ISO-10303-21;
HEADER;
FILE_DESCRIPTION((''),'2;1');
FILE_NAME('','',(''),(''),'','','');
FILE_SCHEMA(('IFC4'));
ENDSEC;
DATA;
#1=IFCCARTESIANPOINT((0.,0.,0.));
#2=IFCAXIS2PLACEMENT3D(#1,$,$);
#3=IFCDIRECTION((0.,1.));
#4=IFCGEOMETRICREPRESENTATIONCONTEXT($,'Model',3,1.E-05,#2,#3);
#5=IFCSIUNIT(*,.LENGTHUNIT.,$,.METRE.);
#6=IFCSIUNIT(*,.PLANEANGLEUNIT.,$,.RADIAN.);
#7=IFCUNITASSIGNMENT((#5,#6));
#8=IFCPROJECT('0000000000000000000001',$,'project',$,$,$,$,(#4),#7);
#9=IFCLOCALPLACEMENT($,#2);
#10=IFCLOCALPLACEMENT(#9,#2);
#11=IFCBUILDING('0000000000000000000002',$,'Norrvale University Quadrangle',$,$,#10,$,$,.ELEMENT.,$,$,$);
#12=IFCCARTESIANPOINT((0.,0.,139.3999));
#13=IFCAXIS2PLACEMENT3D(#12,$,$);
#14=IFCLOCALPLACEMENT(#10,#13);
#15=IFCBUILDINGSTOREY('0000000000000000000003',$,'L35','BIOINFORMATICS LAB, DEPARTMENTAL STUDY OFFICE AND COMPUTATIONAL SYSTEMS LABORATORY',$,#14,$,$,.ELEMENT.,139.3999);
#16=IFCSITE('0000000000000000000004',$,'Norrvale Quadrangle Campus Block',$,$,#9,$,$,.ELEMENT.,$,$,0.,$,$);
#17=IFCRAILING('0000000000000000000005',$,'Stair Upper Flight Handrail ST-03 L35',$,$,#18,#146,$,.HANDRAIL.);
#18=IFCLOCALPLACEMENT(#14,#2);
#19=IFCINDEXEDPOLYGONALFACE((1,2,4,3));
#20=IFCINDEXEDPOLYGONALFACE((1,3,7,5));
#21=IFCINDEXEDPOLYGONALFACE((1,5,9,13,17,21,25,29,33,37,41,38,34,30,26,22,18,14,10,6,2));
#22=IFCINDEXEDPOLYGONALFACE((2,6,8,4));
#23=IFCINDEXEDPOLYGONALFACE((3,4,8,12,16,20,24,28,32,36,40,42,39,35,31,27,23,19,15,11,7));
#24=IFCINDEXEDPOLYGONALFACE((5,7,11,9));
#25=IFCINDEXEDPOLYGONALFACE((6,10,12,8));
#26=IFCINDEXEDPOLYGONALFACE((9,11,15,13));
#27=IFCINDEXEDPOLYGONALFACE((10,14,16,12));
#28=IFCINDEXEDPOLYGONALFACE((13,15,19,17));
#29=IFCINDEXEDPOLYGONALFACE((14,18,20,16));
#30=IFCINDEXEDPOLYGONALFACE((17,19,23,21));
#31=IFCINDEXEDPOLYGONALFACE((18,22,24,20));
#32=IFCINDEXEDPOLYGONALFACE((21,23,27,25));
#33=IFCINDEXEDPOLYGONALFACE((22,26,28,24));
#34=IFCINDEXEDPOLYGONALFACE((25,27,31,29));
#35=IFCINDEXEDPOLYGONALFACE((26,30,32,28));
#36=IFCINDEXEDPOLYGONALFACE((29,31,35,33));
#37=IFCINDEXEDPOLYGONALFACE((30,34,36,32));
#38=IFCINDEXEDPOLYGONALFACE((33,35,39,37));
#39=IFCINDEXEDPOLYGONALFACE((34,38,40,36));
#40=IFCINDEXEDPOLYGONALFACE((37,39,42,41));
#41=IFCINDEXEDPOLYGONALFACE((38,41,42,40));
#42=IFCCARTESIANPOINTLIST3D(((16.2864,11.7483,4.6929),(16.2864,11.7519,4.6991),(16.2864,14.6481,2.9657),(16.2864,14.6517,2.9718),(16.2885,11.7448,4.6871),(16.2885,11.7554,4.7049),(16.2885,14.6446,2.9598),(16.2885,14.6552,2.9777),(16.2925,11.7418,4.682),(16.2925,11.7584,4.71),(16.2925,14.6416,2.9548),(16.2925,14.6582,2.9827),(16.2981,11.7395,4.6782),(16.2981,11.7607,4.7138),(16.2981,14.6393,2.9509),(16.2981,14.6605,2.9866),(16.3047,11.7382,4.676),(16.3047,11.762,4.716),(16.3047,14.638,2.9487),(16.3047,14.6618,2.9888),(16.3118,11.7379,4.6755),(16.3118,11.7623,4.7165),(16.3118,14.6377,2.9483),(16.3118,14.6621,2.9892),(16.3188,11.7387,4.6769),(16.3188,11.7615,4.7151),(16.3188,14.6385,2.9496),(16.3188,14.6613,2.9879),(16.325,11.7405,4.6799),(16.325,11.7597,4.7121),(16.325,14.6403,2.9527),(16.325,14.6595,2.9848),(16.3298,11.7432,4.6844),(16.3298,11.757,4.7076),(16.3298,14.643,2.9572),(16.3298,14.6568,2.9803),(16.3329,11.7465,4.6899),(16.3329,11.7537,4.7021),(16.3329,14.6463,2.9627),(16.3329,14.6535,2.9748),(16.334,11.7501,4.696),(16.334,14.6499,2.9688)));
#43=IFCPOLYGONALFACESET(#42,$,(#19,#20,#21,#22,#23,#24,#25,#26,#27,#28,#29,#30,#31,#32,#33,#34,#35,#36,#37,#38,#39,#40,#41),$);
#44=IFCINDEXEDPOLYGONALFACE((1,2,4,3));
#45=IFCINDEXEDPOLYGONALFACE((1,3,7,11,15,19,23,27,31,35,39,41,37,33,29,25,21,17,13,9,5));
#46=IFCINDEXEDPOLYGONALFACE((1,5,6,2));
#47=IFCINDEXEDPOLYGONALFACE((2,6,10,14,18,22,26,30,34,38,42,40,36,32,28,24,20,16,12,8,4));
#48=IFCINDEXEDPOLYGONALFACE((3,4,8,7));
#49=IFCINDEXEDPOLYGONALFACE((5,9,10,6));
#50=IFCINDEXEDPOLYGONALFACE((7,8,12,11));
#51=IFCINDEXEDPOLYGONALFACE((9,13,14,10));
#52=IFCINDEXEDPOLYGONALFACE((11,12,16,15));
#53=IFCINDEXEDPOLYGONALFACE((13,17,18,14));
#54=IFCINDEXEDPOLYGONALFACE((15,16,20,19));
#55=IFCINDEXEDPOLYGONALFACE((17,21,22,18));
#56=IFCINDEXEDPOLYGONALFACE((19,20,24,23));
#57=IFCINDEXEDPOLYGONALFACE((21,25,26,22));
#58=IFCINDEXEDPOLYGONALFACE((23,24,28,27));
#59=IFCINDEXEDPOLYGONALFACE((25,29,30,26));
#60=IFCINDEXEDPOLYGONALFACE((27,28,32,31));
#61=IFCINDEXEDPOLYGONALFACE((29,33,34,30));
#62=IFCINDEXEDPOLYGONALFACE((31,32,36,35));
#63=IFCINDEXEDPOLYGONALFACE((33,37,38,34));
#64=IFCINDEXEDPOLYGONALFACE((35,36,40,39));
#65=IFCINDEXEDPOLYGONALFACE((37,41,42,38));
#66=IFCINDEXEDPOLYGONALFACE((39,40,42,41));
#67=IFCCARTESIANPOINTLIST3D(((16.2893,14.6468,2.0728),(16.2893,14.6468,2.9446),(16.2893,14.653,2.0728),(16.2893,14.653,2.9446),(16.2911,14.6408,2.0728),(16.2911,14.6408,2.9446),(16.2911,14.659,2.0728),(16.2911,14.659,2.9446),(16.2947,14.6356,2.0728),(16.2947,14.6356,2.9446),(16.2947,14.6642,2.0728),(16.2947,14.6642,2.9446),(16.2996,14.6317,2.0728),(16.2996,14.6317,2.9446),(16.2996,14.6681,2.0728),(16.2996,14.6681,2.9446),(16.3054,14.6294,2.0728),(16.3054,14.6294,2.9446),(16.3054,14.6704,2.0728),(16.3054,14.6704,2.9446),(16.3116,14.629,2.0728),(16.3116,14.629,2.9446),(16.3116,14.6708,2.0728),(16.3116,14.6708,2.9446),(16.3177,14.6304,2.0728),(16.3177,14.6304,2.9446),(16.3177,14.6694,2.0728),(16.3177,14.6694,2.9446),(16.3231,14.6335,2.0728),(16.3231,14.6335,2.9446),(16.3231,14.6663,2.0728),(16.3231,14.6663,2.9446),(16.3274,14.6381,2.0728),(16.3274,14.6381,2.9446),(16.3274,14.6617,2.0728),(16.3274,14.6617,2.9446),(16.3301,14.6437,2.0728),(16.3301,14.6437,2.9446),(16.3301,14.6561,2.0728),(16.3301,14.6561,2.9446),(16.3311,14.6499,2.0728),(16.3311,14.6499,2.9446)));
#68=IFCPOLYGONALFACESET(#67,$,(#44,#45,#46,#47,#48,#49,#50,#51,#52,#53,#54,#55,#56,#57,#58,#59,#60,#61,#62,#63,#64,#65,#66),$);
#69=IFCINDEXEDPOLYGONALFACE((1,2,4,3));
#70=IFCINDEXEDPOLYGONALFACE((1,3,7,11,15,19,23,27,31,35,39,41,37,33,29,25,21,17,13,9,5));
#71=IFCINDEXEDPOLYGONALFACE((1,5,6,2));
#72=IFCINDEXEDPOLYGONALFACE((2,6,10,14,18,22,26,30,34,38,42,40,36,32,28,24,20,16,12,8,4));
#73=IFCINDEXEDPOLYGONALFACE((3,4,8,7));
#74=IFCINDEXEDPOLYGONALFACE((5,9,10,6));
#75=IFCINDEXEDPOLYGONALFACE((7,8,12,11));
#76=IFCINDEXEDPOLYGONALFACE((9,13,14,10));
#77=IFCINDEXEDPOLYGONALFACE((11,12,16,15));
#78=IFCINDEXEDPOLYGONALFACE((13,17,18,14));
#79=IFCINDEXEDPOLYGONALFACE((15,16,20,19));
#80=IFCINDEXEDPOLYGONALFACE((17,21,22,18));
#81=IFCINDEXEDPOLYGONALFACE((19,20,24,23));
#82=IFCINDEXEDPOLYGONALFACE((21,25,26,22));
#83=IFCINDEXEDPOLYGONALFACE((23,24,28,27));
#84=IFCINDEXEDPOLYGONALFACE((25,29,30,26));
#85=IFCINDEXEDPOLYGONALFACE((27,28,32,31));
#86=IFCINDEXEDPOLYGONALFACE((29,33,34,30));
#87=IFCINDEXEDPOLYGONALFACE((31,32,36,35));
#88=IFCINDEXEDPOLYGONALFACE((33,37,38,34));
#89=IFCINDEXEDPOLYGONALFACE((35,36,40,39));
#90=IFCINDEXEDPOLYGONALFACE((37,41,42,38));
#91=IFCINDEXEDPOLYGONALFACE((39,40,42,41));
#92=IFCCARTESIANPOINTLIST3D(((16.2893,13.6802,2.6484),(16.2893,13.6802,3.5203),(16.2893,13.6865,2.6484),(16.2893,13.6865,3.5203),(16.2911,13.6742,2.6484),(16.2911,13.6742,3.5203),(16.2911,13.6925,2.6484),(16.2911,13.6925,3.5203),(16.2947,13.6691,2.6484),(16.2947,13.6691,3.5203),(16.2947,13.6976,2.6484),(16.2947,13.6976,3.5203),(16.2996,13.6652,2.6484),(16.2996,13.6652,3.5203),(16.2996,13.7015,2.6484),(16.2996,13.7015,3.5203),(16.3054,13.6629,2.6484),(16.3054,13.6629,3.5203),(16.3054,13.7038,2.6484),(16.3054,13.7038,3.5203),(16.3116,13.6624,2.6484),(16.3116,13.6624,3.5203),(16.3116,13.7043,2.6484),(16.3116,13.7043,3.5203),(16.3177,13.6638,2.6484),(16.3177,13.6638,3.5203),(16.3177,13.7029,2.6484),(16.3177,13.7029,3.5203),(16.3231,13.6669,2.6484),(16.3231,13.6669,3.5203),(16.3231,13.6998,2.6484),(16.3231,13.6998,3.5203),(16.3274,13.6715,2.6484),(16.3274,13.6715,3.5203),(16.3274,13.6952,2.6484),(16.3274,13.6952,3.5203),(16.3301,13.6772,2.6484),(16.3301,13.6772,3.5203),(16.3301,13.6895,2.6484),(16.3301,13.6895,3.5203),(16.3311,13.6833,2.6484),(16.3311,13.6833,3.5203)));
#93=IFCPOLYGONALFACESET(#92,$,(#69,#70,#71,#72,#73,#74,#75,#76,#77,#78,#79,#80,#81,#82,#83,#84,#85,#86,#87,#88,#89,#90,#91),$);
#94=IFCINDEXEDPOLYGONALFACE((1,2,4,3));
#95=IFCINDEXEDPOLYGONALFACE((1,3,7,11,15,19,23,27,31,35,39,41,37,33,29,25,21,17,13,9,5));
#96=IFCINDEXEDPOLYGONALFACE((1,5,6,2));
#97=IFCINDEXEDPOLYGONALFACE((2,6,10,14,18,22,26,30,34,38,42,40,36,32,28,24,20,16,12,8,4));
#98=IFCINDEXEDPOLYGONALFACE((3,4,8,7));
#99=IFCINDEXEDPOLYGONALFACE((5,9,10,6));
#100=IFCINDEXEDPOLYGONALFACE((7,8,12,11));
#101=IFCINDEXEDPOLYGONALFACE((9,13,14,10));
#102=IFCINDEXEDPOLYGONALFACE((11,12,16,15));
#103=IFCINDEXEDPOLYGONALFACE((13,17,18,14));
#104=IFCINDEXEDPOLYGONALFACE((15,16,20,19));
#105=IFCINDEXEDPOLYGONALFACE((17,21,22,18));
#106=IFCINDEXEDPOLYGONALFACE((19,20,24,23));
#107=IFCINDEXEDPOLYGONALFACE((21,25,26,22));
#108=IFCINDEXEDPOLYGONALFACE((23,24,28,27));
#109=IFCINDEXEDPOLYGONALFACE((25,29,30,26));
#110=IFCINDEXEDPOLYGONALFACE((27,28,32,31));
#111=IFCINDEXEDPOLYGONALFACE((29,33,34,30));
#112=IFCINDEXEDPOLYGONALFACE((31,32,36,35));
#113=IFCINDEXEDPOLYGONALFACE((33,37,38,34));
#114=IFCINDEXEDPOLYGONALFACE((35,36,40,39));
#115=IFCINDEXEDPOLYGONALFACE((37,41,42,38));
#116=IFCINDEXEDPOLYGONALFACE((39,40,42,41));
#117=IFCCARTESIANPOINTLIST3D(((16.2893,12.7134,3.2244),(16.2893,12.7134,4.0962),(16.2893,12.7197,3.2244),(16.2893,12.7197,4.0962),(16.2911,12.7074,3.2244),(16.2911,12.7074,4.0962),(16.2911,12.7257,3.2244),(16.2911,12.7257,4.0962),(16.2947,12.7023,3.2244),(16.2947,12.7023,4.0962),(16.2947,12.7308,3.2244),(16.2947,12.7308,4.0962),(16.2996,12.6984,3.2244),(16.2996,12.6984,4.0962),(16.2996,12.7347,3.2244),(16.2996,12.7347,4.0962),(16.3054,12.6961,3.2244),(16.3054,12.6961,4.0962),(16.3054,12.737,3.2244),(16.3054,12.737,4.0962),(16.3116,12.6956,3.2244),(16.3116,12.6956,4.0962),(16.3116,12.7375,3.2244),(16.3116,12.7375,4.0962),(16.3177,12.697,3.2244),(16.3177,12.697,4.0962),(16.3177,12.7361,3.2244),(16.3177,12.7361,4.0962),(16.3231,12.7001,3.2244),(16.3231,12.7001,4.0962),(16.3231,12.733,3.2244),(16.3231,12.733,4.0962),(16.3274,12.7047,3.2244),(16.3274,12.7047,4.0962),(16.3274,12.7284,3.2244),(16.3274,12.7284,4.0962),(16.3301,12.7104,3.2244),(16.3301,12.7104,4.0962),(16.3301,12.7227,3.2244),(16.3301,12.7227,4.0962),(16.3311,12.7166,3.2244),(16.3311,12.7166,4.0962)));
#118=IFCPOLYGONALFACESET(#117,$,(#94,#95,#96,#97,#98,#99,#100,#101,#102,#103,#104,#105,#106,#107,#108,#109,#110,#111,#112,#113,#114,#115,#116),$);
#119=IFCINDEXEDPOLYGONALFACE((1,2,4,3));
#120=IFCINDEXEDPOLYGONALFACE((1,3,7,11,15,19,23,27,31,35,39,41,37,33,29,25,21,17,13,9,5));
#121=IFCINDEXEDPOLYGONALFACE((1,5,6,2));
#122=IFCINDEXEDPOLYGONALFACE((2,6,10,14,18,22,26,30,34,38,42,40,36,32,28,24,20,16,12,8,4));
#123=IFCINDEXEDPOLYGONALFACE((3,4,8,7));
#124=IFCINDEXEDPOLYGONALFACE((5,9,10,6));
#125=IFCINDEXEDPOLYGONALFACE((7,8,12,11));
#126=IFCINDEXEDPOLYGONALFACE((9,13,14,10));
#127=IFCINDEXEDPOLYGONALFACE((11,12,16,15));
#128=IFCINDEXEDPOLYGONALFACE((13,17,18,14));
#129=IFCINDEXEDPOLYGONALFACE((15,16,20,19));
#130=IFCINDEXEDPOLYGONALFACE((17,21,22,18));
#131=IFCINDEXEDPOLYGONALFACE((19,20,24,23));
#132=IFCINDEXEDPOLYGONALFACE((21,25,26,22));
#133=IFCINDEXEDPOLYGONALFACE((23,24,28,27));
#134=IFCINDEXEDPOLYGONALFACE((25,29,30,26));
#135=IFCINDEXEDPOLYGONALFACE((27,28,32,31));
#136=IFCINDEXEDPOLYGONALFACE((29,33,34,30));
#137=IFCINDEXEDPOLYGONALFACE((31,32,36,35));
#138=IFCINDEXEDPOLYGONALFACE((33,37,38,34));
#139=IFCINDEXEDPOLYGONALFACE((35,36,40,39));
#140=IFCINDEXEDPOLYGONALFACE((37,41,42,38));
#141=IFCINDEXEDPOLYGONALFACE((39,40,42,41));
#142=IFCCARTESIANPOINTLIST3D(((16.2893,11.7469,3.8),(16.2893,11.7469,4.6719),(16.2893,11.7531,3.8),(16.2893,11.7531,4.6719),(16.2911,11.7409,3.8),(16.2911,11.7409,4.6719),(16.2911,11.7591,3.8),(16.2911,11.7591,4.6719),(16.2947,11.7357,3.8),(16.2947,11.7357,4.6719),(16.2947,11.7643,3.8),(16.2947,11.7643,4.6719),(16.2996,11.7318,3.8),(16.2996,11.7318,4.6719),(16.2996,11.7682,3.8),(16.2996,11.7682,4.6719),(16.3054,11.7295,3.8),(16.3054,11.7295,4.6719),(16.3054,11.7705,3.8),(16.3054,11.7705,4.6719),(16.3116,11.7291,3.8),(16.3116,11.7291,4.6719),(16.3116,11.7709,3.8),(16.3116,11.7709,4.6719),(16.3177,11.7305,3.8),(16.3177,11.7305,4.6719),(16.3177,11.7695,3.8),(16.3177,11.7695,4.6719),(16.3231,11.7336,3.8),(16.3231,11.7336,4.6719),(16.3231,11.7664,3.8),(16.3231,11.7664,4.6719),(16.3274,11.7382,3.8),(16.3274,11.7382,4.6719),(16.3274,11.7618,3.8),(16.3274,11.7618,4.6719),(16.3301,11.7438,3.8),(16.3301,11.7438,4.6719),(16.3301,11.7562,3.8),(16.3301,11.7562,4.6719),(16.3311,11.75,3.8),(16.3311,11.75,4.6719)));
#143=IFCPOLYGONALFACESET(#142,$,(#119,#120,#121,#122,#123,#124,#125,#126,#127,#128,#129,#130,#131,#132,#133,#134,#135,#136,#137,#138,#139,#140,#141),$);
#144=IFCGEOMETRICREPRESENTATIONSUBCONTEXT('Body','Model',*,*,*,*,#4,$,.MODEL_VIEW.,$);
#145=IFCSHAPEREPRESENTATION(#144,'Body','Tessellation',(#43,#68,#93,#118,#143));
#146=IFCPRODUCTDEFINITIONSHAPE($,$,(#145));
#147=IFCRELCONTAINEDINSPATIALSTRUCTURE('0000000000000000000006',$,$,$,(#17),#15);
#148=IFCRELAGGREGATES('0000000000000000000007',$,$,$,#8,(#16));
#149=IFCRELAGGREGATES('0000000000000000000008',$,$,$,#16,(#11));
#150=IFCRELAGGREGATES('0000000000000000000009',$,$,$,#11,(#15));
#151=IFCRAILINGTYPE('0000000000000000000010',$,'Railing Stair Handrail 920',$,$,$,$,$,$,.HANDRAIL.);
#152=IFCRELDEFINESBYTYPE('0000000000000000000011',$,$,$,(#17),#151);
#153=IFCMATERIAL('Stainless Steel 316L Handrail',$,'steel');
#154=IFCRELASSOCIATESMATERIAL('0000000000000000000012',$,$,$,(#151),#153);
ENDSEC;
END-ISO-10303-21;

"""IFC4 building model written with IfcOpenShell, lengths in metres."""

from ifc_helpers import new_model, si_unit, direction, frame, origin, origin_2d, place, context, subcontext, project, spatial, circle, extrude, material, type_object, element, save


model = new_model("IFC4")

# Units and contexts
model_context = context("Model", 3, precision=1e-05, world=origin(), true_north=direction((0.0, 1.0)))
body_context = subcontext(model_context, "Body", "Model", "MODEL_VIEW")
ifc_project = project(units=[si_unit("LENGTHUNIT", "METRE"), si_unit("PLANEANGLEUNIT", "RADIAN")], contexts=[model_context])

# Site, building, storey
site_placement = place(None, origin())
site = spatial("IfcSite", under=ifc_project, at=site_placement, Name="Norrvale Quadrangle Campus Block", CompositionType="ELEMENT", RefElevation=0.0)
building_placement = place(site_placement, origin())
building = spatial("IfcBuilding", under=site, at=building_placement, Name="Norrvale University Quadrangle", CompositionType="ELEMENT")
storey_placement = place(building_placement, frame((0.0, 0.0, 139.3999)))
storey = spatial("IfcBuildingStorey", under=building, at=storey_placement, Name="L35", Description="BIOINFORMATICS LAB, DEPARTMENTAL STUDY OFFICE AND COMPUTATIONAL SYSTEMS LABORATORY", CompositionType="ELEMENT", Elevation=139.3999)

# Railing
ifc_material_1 = material(Name="Stainless Steel 316L Handrail", Category="steel")
railing_type_1 = type_object("IfcRailingType", Name="Railing Stair Handrail 920", PredefinedType="HANDRAIL", material=ifc_material_1)
railing_1_placement = place(storey_placement, frame((16.3101, 14.6499, 2.0728)))
element("IfcRailing", 1, at=railing_1_placement, inside=storey, type_object=railing_type_1, Name="Stair Upper Flight Handrail ST-03 L35", PredefinedType="HANDRAIL", context=body_context, shape_type="SweptSolid", body=[
    extrude(circle(Radius=0.0239, at=origin_2d()), frame((0.0, 0.0, 0.896), z_axis=(0.0, -0.859141, 0.511738), x_axis=(1.0, 0.0, 0.0)), (0.0, 0.0, 1.0), 3.3752),
    extrude(circle(Radius=0.021, at=origin_2d()), origin(), (0.0, 0.0, 1.0), 0.8718),
    extrude(circle(Radius=0.021, at=origin_2d()), frame((0.0, -0.9666, 0.5757)), (0.0, 0.0, 1.0), 0.8718),
    extrude(circle(Radius=0.021, at=origin_2d()), frame((0.0, -1.9333, 1.1516)), (0.0, 0.0, 1.0), 0.8718),
    extrude(circle(Radius=0.021, at=origin_2d()), frame((0.0, -2.8999, 1.7273)), (0.0, 0.0, 1.0), 0.8718),
])

save(model, "model.ifc")
